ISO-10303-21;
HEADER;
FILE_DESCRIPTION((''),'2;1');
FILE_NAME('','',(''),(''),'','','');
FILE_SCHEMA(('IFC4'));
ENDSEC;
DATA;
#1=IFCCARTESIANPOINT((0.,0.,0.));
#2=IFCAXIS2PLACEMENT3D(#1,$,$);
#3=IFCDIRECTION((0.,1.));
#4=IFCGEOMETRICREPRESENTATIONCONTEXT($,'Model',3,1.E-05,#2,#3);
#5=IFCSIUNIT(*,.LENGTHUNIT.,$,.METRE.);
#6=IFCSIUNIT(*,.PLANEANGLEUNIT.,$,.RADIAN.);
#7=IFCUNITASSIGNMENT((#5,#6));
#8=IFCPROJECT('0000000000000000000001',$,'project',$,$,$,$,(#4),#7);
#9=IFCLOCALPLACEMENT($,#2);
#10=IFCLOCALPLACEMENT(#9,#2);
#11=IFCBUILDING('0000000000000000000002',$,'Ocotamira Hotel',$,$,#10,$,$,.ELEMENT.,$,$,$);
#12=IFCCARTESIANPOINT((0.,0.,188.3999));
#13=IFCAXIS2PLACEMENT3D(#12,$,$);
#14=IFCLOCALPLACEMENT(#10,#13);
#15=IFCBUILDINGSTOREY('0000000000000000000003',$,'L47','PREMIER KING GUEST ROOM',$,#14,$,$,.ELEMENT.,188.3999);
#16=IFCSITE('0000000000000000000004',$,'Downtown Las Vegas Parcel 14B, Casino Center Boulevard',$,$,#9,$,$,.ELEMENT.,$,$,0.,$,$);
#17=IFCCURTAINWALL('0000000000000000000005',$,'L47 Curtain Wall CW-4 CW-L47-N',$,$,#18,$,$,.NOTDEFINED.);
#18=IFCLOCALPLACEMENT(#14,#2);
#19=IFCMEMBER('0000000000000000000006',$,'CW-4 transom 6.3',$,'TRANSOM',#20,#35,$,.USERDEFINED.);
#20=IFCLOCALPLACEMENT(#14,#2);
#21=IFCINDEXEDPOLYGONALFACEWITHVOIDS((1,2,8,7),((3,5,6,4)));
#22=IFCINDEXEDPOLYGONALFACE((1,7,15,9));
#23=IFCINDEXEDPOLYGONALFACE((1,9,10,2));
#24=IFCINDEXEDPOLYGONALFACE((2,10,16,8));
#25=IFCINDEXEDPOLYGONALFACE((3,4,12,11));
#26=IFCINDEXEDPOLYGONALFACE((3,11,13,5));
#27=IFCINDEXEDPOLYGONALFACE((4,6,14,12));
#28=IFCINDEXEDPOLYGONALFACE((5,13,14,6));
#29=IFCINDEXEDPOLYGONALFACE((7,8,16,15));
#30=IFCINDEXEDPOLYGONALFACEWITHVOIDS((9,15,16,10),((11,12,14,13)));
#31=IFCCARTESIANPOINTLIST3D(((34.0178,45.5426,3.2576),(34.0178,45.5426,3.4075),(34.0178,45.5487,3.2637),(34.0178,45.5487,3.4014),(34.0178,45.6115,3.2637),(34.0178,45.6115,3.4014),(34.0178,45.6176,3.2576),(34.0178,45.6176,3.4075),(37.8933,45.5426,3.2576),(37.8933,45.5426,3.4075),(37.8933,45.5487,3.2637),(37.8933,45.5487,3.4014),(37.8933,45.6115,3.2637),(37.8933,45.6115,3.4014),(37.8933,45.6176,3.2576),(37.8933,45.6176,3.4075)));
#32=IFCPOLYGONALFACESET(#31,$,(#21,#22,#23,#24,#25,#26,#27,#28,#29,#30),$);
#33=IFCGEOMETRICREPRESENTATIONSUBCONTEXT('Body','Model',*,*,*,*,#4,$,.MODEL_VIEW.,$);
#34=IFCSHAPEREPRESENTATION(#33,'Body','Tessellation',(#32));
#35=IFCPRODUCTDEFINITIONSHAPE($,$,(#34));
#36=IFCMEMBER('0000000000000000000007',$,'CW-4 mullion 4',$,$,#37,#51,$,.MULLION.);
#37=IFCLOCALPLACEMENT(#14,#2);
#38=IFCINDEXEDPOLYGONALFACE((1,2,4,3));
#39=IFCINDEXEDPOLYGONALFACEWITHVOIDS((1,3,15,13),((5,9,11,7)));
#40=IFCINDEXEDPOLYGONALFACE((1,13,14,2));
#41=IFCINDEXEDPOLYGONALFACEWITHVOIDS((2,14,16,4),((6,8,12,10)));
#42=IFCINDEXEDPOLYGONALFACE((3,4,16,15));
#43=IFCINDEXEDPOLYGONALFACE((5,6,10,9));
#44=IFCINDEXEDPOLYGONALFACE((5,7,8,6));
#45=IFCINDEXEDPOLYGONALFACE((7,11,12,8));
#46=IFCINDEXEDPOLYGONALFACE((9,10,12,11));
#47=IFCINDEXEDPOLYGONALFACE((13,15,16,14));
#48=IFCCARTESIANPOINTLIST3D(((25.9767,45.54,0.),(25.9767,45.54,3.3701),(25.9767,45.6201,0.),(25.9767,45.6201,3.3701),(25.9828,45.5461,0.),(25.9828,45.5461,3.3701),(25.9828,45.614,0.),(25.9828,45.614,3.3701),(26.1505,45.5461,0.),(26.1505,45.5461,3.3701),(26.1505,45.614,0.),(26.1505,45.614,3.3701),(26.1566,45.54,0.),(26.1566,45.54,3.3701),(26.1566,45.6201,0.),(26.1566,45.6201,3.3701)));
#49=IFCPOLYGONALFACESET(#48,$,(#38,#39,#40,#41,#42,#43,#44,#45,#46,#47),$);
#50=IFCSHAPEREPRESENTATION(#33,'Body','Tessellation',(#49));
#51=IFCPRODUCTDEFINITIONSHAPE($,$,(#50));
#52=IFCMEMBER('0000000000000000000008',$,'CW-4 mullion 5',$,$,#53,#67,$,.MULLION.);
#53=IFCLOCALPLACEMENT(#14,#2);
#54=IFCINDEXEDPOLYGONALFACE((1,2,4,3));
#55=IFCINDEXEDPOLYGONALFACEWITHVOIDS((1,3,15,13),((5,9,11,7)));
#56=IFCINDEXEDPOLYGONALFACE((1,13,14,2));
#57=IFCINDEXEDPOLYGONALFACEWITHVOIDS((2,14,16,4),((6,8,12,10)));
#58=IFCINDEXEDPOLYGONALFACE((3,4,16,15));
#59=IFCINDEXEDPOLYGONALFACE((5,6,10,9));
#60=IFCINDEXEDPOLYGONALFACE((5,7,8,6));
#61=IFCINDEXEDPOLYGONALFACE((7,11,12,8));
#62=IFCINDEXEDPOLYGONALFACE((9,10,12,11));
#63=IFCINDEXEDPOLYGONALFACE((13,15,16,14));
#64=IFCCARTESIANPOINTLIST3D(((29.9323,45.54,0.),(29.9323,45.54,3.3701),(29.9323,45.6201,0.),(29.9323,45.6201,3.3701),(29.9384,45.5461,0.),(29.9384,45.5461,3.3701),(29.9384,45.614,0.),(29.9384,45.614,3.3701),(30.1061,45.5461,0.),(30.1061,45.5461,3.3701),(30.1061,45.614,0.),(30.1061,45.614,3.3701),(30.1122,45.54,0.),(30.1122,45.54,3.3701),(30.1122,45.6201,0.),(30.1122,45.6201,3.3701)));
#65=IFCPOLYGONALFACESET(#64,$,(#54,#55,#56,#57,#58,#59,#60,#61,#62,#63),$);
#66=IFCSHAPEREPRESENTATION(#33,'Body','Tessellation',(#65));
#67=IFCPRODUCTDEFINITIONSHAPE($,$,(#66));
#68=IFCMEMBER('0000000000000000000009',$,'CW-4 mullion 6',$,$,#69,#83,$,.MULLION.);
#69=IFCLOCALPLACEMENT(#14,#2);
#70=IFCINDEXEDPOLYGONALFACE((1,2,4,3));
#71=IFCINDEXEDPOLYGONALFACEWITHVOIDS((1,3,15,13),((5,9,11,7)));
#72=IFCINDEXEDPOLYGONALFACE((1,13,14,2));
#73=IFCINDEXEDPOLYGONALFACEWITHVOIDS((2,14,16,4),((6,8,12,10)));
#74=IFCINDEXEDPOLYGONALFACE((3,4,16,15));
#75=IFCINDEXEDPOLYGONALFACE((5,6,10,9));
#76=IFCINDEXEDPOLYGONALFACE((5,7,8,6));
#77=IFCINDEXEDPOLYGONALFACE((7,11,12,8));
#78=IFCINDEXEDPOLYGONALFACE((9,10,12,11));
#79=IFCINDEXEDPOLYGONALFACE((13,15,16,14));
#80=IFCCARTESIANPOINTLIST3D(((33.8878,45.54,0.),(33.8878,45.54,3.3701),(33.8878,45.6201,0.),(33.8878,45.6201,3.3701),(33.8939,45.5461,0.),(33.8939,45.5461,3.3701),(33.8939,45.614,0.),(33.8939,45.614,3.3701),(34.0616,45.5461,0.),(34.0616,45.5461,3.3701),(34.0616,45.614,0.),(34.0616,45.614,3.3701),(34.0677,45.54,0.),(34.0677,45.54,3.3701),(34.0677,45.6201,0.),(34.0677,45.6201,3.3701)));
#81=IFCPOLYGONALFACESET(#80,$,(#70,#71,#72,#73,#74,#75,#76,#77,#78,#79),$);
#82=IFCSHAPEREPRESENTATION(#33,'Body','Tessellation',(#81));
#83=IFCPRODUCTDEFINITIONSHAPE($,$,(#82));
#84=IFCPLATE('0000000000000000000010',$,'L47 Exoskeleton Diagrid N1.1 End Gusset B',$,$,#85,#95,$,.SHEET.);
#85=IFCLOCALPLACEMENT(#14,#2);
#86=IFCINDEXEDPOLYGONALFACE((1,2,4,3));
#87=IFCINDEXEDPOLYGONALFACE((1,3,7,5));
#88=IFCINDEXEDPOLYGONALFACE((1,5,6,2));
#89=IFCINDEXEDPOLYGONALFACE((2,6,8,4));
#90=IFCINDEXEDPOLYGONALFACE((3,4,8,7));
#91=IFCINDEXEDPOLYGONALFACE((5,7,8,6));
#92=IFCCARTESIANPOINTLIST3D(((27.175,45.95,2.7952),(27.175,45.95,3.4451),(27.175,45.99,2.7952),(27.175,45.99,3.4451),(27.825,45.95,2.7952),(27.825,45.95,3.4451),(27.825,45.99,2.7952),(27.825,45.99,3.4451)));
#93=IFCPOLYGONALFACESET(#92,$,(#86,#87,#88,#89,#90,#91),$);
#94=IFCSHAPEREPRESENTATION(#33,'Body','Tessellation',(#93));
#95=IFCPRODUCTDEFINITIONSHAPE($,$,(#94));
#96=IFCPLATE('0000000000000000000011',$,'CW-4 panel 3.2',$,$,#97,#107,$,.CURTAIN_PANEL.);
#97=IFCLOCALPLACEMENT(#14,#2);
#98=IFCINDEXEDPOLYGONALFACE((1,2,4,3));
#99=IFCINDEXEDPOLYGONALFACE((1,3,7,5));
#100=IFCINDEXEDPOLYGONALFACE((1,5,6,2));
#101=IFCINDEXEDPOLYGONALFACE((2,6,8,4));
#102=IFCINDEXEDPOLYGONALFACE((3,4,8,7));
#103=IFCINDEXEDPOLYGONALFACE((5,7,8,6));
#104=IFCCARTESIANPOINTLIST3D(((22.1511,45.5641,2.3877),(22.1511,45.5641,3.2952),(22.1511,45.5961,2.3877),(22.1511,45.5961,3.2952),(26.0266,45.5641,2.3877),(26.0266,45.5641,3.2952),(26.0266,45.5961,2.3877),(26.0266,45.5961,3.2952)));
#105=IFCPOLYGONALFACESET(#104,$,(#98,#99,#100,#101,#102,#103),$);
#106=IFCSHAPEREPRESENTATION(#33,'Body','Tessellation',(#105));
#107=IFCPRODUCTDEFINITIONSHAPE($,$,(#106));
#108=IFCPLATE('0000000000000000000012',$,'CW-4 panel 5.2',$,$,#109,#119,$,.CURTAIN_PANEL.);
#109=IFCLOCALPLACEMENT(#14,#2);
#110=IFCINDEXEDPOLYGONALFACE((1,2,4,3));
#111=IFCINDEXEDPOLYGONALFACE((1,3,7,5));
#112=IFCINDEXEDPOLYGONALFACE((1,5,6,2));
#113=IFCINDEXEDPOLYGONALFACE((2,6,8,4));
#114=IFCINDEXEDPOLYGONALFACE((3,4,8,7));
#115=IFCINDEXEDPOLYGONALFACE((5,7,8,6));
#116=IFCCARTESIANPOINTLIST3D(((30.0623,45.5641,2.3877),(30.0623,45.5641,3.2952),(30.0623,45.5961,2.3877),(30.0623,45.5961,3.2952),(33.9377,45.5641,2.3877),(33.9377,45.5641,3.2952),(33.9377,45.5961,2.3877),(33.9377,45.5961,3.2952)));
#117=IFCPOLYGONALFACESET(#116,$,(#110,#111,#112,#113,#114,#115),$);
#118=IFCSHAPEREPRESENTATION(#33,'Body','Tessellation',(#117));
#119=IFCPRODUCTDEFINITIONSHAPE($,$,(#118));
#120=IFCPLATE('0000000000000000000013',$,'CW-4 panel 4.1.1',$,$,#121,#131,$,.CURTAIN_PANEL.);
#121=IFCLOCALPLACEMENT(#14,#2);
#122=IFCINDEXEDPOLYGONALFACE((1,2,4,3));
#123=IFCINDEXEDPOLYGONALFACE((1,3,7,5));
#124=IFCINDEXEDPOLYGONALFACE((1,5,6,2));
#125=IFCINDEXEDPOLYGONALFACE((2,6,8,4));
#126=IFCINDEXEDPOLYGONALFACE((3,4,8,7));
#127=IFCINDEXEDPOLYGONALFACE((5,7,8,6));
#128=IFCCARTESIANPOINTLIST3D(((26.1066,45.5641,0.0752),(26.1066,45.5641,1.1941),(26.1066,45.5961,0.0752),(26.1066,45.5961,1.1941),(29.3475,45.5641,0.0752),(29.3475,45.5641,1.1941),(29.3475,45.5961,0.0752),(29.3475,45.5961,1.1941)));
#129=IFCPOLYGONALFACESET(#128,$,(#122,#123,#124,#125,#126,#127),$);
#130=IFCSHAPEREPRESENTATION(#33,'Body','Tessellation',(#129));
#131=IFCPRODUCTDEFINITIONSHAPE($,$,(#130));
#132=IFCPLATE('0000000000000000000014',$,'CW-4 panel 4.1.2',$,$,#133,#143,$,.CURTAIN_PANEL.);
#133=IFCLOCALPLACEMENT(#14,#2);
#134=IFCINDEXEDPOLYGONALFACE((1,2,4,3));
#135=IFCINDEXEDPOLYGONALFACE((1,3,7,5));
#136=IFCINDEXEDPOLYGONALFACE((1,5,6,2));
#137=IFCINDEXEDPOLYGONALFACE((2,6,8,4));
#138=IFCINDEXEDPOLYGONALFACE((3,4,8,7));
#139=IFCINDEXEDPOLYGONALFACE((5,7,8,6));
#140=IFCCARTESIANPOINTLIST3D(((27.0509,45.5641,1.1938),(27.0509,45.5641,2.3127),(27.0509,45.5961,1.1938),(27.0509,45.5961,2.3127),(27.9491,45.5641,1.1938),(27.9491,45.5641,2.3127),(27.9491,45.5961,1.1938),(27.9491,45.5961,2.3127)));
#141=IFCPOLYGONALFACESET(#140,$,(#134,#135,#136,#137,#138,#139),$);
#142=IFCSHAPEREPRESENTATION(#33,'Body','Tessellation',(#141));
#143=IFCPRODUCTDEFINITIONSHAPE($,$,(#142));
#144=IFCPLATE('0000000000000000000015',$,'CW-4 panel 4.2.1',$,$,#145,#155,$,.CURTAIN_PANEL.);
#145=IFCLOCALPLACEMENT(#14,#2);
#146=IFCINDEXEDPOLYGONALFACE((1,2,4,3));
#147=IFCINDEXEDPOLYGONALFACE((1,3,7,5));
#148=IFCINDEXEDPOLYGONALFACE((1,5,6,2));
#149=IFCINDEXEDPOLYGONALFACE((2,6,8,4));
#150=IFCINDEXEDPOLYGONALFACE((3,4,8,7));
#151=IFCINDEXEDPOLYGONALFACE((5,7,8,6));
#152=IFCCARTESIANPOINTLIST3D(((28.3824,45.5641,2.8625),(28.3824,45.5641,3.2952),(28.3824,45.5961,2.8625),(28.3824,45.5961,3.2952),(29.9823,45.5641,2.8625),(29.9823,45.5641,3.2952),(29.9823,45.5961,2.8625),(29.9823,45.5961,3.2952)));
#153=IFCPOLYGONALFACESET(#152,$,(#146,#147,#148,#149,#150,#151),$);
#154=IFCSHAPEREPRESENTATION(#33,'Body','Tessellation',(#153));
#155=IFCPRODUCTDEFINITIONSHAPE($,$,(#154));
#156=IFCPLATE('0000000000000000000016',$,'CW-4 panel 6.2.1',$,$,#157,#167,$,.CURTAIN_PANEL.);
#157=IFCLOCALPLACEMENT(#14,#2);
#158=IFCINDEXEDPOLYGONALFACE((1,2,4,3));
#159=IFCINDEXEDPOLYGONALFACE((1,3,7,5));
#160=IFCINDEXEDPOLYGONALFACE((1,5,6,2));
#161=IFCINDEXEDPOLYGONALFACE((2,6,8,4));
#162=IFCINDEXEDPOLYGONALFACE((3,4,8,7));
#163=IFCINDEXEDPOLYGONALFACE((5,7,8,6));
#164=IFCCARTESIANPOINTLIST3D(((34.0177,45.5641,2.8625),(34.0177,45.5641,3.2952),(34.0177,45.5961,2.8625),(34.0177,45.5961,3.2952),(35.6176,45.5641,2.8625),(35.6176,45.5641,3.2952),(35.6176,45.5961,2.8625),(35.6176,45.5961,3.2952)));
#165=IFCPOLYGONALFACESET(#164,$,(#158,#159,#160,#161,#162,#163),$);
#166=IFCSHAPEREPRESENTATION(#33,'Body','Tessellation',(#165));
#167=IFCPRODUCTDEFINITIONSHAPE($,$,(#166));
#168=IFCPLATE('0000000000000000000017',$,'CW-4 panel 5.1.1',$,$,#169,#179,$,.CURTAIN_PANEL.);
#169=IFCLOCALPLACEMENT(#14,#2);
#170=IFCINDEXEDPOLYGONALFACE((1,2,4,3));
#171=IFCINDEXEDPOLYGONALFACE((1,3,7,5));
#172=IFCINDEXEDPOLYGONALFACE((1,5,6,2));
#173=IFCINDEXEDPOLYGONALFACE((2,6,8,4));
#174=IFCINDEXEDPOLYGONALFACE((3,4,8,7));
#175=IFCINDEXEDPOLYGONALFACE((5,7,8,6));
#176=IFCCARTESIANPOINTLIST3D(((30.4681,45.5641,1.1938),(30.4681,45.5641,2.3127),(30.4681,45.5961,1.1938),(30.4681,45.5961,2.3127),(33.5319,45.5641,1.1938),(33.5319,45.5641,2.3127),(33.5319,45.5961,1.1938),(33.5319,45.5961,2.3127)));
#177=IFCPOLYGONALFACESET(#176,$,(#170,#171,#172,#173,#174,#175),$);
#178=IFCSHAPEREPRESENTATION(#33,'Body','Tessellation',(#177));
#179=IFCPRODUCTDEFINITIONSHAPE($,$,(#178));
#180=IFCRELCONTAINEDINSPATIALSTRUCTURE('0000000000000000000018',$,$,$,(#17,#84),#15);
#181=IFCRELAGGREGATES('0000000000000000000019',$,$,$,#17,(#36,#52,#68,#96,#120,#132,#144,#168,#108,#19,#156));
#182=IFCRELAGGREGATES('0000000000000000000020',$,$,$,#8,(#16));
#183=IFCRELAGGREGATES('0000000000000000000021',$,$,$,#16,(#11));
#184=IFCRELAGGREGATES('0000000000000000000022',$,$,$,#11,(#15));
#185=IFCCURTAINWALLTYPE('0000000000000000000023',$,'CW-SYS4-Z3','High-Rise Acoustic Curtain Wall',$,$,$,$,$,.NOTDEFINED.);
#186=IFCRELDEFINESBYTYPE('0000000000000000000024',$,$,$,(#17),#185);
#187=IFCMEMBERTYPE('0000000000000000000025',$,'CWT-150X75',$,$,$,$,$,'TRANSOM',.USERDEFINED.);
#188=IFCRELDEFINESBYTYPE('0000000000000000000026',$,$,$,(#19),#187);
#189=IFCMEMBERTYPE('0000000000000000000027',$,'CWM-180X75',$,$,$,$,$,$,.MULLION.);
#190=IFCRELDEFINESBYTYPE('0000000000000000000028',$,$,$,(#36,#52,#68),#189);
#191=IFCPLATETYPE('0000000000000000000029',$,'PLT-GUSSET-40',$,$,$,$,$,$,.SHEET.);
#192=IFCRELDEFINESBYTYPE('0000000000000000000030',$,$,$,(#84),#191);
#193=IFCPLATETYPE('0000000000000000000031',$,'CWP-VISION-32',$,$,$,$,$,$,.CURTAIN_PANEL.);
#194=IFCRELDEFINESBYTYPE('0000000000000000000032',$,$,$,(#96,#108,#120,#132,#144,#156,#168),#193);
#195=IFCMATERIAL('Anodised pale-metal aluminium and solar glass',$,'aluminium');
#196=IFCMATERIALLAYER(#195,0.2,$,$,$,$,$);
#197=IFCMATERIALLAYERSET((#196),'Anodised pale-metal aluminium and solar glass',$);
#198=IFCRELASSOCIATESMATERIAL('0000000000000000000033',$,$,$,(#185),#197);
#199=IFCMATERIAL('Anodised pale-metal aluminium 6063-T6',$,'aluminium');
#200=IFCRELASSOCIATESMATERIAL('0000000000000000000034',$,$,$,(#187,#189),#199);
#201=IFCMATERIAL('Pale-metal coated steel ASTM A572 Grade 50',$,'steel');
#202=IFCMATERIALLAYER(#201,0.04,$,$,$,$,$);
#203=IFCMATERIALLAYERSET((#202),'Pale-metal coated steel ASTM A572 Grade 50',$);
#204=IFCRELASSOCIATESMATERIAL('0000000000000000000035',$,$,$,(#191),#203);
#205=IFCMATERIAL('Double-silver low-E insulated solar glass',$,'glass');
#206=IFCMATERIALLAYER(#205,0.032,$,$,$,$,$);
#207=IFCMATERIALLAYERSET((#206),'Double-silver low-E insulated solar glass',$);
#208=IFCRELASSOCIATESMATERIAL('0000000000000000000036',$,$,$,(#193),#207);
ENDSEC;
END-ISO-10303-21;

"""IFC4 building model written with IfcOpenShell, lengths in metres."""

from ifc_helpers import new_model, si_unit, direction, frame, origin, origin_2d, place, context, subcontext, project, spatial, rectangle, hollow_rectangle, extrude, source, transform, mapped, material, layer, layer_set, material_profile, profile_set, type_object, element, aggregate, save


model = new_model("IFC4")

# Units and contexts
model_context = context("Model", 3, precision=1e-05, world=origin(), true_north=direction((0.0, 1.0)))
body_context = subcontext(model_context, "Body", "Model", "MODEL_VIEW")
ifc_project = project(units=[si_unit("LENGTHUNIT", "METRE"), si_unit("PLANEANGLEUNIT", "RADIAN")], contexts=[model_context])

# Site, building, storey
site_placement = place(None, origin())
site = spatial("IfcSite", under=ifc_project, at=site_placement, Name="Downtown Las Vegas Parcel 14B, Casino Center Boulevard", CompositionType="ELEMENT", RefElevation=0.0)
building_placement = place(site_placement, origin())
building = spatial("IfcBuilding", under=site, at=building_placement, Name="Ocotamira Hotel", CompositionType="ELEMENT")
storey_placement = place(building_placement, frame((0.0, 0.0, 188.3999)))
storey = spatial("IfcBuildingStorey", under=building, at=storey_placement, Name="L47", Description="PREMIER KING GUEST ROOM", CompositionType="ELEMENT", Elevation=188.3999)

# Curtain wall, members
ifc_material_1 = material(Name="Anodised pale-metal aluminium and solar glass", Category="aluminium")
ifc_layer_1 = layer(ifc_material_1, 0.2)
ifc_layer_set_1 = layer_set([ifc_layer_1], Name="Anodised pale-metal aluminium and solar glass")
curtain_wall_type = type_object("IfcCurtainWallType", Name="CW-SYS4-Z3", Description="High-Rise Acoustic Curtain Wall", PredefinedType="NOTDEFINED", material=ifc_layer_set_1)
curtain_wall_placement = place(storey_placement, origin())
curtain_wall = element("IfcCurtainWall", 1, at=curtain_wall_placement, inside=storey, type_object=curtain_wall_type, Name="L47 Curtain Wall CW-4 CW-L47-N", PredefinedType="NOTDEFINED")
ifc_material_2 = material(Name="Anodised pale-metal aluminium 6063-T6", Category="aluminium")
ifc_material_profile_1 = material_profile(ifc_material_2, hollow_rectangle(XDim=0.075, YDim=0.1499, WallThickness=0.0061, at=origin_2d()), Name="HSS150X75X6")
ifc_profile_set_1 = profile_set([ifc_material_profile_1], Name="Anodised pale-metal aluminium 6063-T6")
member_type_1 = type_object("IfcMemberType", Name="CWT-150X75", ElementType="TRANSOM", PredefinedType="USERDEFINED", material=ifc_profile_set_1)
shared_shape_1 = source(origin(), body_context, "Body", "SweptSolid", [
    extrude(hollow_rectangle(XDim=0.075, YDim=0.1499, WallThickness=0.0061, at=origin_2d()), origin(), (0.0, 0.0, 1.0), 3.8755),
])
member_1_placement = place(storey_placement, frame((34.0178, 45.5801, 3.3325), z_axis=(1.0, 0.0, 0.0), x_axis=(0.0, 1.0, 0.0)))
member_1 = element("IfcMember", 2, at=member_1_placement, type_object=member_type_1, Name="CW-4 transom 6.3", ObjectType="TRANSOM", PredefinedType="USERDEFINED", context=body_context, shape_type="MappedRepresentation", body=[
    mapped(shared_shape_1, transform((0.0, 0.0, 0.0), scale=1.0)),
])
ifc_material_profile_2 = material_profile(ifc_material_2, hollow_rectangle(XDim=0.0801, YDim=0.1799, WallThickness=0.0061, at=origin_2d()), Name="HSS180X80X6")
ifc_profile_set_2 = profile_set([ifc_material_profile_2], Name="Anodised pale-metal aluminium 6063-T6")
member_type_2 = type_object("IfcMemberType", Name="CWM-180X75", PredefinedType="MULLION", material=ifc_profile_set_2)
shared_shape_2 = source(origin(), body_context, "Body", "SweptSolid", [
    extrude(hollow_rectangle(XDim=0.0801, YDim=0.1799, WallThickness=0.0061, at=origin_2d()), origin(), (0.0, 0.0, 1.0), 3.3701),
])
member_2_placement = place(storey_placement, frame((26.0667, 45.5801, 0.0), z_axis=(0.0, 0.0, 1.0), x_axis=(0.0, 1.0, 0.0)))
member_2 = element("IfcMember", 3, at=member_2_placement, type_object=member_type_2, Name="CW-4 mullion 4", PredefinedType="MULLION", context=body_context, shape_type="MappedRepresentation", body=[
    mapped(shared_shape_2, transform((0.0, 0.0, 0.0), scale=1.0)),
])
member_3_placement = place(storey_placement, frame((30.0222, 45.5801, 0.0), z_axis=(0.0, 0.0, 1.0), x_axis=(0.0, 1.0, 0.0)))
member_3 = element("IfcMember", 4, at=member_3_placement, type_object=member_type_2, Name="CW-4 mullion 5", PredefinedType="MULLION", context=body_context, shape_type="MappedRepresentation", body=[
    mapped(shared_shape_2, transform((0.0, 0.0, 0.0), scale=1.0)),
])
member_4_placement = place(storey_placement, frame((33.9778, 45.5801, 0.0), z_axis=(0.0, 0.0, 1.0), x_axis=(0.0, 1.0, 0.0)))
member_4 = element("IfcMember", 5, at=member_4_placement, type_object=member_type_2, Name="CW-4 mullion 6", PredefinedType="MULLION", context=body_context, shape_type="MappedRepresentation", body=[
    mapped(shared_shape_2, transform((0.0, 0.0, 0.0), scale=1.0)),
])

# Plates
ifc_material_3 = material(Name="Pale-metal coated steel ASTM A572 Grade 50", Category="steel")
ifc_layer_2 = layer(ifc_material_3, 0.04)
ifc_layer_set_2 = layer_set([ifc_layer_2], Name="Pale-metal coated steel ASTM A572 Grade 50")
plate_type_1 = type_object("IfcPlateType", Name="PLT-GUSSET-40", PredefinedType="SHEET", material=ifc_layer_set_2)
shared_shape_3 = source(origin(), body_context, "Body", "SweptSolid", [
    extrude(rectangle(XDim=0.6499, YDim=0.04, at=origin_2d()), origin(), (0.0, 0.0, 1.0), 0.6499),
])
plate_1_placement = place(storey_placement, frame((27.5, 45.97, 2.7952), z_axis=(0.0, 0.0, 1.0), x_axis=(1.0, 0.0, 0.0)))
element("IfcPlate", 6, at=plate_1_placement, inside=storey, type_object=plate_type_1, Name="L47 Exoskeleton Diagrid N1.1 End Gusset B", PredefinedType="SHEET", context=body_context, shape_type="MappedRepresentation", body=[
    mapped(shared_shape_3, transform((0.0, 0.0, 0.0), scale=1.0)),
])
ifc_material_4 = material(Name="Double-silver low-E insulated solar glass", Category="glass")
ifc_layer_3 = layer(ifc_material_4, 0.032)
ifc_layer_set_3 = layer_set([ifc_layer_3], Name="Double-silver low-E insulated solar glass")
plate_type_2 = type_object("IfcPlateType", Name="CWP-VISION-32", PredefinedType="CURTAIN_PANEL", material=ifc_layer_set_3)
shared_shape_4 = source(origin(), body_context, "Body", "SweptSolid", [
    extrude(rectangle(XDim=3.8755, YDim=0.032, at=origin_2d()), origin(), (0.0, 0.0, 1.0), 0.9075),
])
plate_2_placement = place(storey_placement, frame((24.0889, 45.5801, 2.3877), z_axis=(0.0, 0.0, 1.0), x_axis=(1.0, 0.0, 0.0)))
plate_2 = element("IfcPlate", 7, at=plate_2_placement, type_object=plate_type_2, Name="CW-4 panel 3.2", PredefinedType="CURTAIN_PANEL", context=body_context, shape_type="MappedRepresentation", body=[
    mapped(shared_shape_4, transform((0.0, 0.0, 0.0), scale=1.0)),
])
plate_3_placement = place(storey_placement, frame((32.0, 45.5801, 2.3877), z_axis=(0.0, 0.0, 1.0), x_axis=(1.0, 0.0, 0.0)))
plate_3 = element("IfcPlate", 8, at=plate_3_placement, type_object=plate_type_2, Name="CW-4 panel 5.2", PredefinedType="CURTAIN_PANEL", context=body_context, shape_type="MappedRepresentation", body=[
    mapped(shared_shape_4, transform((0.0, 0.0, 0.0), scale=1.0)),
])
shared_shape_5 = source(origin(), body_context, "Body", "SweptSolid", [
    extrude(rectangle(XDim=3.241, YDim=0.032, at=origin_2d()), origin(), (0.0, 0.0, 1.0), 1.1189),
])
plate_4_placement = place(storey_placement, frame((27.7271, 45.5801, 0.0752), z_axis=(0.0, 0.0, 1.0), x_axis=(1.0, 0.0, 0.0)))
plate_4 = element("IfcPlate", 9, at=plate_4_placement, type_object=plate_type_2, Name="CW-4 panel 4.1.1", PredefinedType="CURTAIN_PANEL", context=body_context, shape_type="MappedRepresentation", body=[
    mapped(shared_shape_5, transform((0.0, 0.0, 0.0), scale=1.0)),
])
shared_shape_6 = source(origin(), body_context, "Body", "SweptSolid", [
    extrude(rectangle(XDim=0.8982, YDim=0.032, at=origin_2d()), origin(), (0.0, 0.0, 1.0), 1.1189),
])
plate_5_placement = place(storey_placement, frame((27.5, 45.5801, 1.1938), z_axis=(0.0, 0.0, 1.0), x_axis=(1.0, 0.0, 0.0)))
plate_5 = element("IfcPlate", 10, at=plate_5_placement, type_object=plate_type_2, Name="CW-4 panel 4.1.2", PredefinedType="CURTAIN_PANEL", context=body_context, shape_type="MappedRepresentation", body=[
    mapped(shared_shape_6, transform((0.0, 0.0, 0.0), scale=1.0)),
])
shared_shape_7 = source(origin(), body_context, "Body", "SweptSolid", [
    extrude(rectangle(XDim=1.5999, YDim=0.032, at=origin_2d()), origin(), (0.0, 0.0, 1.0), 0.4326),
])
plate_6_placement = place(storey_placement, frame((29.1824, 45.5801, 2.8625), z_axis=(0.0, 0.0, 1.0), x_axis=(1.0, 0.0, 0.0)))
plate_6 = element("IfcPlate", 11, at=plate_6_placement, type_object=plate_type_2, Name="CW-4 panel 4.2.1", PredefinedType="CURTAIN_PANEL", context=body_context, shape_type="MappedRepresentation", body=[
    mapped(shared_shape_7, transform((0.0, 0.0, 0.0), scale=1.0)),
])
plate_7_placement = place(storey_placement, frame((34.8176, 45.5801, 2.8625), z_axis=(0.0, 0.0, 1.0), x_axis=(1.0, 0.0, 0.0)))
plate_7 = element("IfcPlate", 12, at=plate_7_placement, type_object=plate_type_2, Name="CW-4 panel 6.2.1", PredefinedType="CURTAIN_PANEL", context=body_context, shape_type="MappedRepresentation", body=[
    mapped(shared_shape_7, transform((0.0, 0.0, 0.0), scale=1.0)),
])
shared_shape_8 = source(origin(), body_context, "Body", "SweptSolid", [
    extrude(rectangle(XDim=3.0637, YDim=0.032, at=origin_2d()), origin(), (0.0, 0.0, 1.0), 1.1189),
])
plate_8_placement = place(storey_placement, frame((32.0, 45.5801, 1.1938), z_axis=(0.0, 0.0, 1.0), x_axis=(1.0, 0.0, 0.0)))
plate_8 = element("IfcPlate", 13, at=plate_8_placement, type_object=plate_type_2, Name="CW-4 panel 5.1.1", PredefinedType="CURTAIN_PANEL", context=body_context, shape_type="MappedRepresentation", body=[
    mapped(shared_shape_8, transform((0.0, 0.0, 0.0), scale=1.0)),
])
aggregate(curtain_wall, [member_2, member_3, member_4, plate_2, plate_4, plate_5, plate_6, plate_8, plate_3, member_1, plate_7])

save(model, "model.ifc")
